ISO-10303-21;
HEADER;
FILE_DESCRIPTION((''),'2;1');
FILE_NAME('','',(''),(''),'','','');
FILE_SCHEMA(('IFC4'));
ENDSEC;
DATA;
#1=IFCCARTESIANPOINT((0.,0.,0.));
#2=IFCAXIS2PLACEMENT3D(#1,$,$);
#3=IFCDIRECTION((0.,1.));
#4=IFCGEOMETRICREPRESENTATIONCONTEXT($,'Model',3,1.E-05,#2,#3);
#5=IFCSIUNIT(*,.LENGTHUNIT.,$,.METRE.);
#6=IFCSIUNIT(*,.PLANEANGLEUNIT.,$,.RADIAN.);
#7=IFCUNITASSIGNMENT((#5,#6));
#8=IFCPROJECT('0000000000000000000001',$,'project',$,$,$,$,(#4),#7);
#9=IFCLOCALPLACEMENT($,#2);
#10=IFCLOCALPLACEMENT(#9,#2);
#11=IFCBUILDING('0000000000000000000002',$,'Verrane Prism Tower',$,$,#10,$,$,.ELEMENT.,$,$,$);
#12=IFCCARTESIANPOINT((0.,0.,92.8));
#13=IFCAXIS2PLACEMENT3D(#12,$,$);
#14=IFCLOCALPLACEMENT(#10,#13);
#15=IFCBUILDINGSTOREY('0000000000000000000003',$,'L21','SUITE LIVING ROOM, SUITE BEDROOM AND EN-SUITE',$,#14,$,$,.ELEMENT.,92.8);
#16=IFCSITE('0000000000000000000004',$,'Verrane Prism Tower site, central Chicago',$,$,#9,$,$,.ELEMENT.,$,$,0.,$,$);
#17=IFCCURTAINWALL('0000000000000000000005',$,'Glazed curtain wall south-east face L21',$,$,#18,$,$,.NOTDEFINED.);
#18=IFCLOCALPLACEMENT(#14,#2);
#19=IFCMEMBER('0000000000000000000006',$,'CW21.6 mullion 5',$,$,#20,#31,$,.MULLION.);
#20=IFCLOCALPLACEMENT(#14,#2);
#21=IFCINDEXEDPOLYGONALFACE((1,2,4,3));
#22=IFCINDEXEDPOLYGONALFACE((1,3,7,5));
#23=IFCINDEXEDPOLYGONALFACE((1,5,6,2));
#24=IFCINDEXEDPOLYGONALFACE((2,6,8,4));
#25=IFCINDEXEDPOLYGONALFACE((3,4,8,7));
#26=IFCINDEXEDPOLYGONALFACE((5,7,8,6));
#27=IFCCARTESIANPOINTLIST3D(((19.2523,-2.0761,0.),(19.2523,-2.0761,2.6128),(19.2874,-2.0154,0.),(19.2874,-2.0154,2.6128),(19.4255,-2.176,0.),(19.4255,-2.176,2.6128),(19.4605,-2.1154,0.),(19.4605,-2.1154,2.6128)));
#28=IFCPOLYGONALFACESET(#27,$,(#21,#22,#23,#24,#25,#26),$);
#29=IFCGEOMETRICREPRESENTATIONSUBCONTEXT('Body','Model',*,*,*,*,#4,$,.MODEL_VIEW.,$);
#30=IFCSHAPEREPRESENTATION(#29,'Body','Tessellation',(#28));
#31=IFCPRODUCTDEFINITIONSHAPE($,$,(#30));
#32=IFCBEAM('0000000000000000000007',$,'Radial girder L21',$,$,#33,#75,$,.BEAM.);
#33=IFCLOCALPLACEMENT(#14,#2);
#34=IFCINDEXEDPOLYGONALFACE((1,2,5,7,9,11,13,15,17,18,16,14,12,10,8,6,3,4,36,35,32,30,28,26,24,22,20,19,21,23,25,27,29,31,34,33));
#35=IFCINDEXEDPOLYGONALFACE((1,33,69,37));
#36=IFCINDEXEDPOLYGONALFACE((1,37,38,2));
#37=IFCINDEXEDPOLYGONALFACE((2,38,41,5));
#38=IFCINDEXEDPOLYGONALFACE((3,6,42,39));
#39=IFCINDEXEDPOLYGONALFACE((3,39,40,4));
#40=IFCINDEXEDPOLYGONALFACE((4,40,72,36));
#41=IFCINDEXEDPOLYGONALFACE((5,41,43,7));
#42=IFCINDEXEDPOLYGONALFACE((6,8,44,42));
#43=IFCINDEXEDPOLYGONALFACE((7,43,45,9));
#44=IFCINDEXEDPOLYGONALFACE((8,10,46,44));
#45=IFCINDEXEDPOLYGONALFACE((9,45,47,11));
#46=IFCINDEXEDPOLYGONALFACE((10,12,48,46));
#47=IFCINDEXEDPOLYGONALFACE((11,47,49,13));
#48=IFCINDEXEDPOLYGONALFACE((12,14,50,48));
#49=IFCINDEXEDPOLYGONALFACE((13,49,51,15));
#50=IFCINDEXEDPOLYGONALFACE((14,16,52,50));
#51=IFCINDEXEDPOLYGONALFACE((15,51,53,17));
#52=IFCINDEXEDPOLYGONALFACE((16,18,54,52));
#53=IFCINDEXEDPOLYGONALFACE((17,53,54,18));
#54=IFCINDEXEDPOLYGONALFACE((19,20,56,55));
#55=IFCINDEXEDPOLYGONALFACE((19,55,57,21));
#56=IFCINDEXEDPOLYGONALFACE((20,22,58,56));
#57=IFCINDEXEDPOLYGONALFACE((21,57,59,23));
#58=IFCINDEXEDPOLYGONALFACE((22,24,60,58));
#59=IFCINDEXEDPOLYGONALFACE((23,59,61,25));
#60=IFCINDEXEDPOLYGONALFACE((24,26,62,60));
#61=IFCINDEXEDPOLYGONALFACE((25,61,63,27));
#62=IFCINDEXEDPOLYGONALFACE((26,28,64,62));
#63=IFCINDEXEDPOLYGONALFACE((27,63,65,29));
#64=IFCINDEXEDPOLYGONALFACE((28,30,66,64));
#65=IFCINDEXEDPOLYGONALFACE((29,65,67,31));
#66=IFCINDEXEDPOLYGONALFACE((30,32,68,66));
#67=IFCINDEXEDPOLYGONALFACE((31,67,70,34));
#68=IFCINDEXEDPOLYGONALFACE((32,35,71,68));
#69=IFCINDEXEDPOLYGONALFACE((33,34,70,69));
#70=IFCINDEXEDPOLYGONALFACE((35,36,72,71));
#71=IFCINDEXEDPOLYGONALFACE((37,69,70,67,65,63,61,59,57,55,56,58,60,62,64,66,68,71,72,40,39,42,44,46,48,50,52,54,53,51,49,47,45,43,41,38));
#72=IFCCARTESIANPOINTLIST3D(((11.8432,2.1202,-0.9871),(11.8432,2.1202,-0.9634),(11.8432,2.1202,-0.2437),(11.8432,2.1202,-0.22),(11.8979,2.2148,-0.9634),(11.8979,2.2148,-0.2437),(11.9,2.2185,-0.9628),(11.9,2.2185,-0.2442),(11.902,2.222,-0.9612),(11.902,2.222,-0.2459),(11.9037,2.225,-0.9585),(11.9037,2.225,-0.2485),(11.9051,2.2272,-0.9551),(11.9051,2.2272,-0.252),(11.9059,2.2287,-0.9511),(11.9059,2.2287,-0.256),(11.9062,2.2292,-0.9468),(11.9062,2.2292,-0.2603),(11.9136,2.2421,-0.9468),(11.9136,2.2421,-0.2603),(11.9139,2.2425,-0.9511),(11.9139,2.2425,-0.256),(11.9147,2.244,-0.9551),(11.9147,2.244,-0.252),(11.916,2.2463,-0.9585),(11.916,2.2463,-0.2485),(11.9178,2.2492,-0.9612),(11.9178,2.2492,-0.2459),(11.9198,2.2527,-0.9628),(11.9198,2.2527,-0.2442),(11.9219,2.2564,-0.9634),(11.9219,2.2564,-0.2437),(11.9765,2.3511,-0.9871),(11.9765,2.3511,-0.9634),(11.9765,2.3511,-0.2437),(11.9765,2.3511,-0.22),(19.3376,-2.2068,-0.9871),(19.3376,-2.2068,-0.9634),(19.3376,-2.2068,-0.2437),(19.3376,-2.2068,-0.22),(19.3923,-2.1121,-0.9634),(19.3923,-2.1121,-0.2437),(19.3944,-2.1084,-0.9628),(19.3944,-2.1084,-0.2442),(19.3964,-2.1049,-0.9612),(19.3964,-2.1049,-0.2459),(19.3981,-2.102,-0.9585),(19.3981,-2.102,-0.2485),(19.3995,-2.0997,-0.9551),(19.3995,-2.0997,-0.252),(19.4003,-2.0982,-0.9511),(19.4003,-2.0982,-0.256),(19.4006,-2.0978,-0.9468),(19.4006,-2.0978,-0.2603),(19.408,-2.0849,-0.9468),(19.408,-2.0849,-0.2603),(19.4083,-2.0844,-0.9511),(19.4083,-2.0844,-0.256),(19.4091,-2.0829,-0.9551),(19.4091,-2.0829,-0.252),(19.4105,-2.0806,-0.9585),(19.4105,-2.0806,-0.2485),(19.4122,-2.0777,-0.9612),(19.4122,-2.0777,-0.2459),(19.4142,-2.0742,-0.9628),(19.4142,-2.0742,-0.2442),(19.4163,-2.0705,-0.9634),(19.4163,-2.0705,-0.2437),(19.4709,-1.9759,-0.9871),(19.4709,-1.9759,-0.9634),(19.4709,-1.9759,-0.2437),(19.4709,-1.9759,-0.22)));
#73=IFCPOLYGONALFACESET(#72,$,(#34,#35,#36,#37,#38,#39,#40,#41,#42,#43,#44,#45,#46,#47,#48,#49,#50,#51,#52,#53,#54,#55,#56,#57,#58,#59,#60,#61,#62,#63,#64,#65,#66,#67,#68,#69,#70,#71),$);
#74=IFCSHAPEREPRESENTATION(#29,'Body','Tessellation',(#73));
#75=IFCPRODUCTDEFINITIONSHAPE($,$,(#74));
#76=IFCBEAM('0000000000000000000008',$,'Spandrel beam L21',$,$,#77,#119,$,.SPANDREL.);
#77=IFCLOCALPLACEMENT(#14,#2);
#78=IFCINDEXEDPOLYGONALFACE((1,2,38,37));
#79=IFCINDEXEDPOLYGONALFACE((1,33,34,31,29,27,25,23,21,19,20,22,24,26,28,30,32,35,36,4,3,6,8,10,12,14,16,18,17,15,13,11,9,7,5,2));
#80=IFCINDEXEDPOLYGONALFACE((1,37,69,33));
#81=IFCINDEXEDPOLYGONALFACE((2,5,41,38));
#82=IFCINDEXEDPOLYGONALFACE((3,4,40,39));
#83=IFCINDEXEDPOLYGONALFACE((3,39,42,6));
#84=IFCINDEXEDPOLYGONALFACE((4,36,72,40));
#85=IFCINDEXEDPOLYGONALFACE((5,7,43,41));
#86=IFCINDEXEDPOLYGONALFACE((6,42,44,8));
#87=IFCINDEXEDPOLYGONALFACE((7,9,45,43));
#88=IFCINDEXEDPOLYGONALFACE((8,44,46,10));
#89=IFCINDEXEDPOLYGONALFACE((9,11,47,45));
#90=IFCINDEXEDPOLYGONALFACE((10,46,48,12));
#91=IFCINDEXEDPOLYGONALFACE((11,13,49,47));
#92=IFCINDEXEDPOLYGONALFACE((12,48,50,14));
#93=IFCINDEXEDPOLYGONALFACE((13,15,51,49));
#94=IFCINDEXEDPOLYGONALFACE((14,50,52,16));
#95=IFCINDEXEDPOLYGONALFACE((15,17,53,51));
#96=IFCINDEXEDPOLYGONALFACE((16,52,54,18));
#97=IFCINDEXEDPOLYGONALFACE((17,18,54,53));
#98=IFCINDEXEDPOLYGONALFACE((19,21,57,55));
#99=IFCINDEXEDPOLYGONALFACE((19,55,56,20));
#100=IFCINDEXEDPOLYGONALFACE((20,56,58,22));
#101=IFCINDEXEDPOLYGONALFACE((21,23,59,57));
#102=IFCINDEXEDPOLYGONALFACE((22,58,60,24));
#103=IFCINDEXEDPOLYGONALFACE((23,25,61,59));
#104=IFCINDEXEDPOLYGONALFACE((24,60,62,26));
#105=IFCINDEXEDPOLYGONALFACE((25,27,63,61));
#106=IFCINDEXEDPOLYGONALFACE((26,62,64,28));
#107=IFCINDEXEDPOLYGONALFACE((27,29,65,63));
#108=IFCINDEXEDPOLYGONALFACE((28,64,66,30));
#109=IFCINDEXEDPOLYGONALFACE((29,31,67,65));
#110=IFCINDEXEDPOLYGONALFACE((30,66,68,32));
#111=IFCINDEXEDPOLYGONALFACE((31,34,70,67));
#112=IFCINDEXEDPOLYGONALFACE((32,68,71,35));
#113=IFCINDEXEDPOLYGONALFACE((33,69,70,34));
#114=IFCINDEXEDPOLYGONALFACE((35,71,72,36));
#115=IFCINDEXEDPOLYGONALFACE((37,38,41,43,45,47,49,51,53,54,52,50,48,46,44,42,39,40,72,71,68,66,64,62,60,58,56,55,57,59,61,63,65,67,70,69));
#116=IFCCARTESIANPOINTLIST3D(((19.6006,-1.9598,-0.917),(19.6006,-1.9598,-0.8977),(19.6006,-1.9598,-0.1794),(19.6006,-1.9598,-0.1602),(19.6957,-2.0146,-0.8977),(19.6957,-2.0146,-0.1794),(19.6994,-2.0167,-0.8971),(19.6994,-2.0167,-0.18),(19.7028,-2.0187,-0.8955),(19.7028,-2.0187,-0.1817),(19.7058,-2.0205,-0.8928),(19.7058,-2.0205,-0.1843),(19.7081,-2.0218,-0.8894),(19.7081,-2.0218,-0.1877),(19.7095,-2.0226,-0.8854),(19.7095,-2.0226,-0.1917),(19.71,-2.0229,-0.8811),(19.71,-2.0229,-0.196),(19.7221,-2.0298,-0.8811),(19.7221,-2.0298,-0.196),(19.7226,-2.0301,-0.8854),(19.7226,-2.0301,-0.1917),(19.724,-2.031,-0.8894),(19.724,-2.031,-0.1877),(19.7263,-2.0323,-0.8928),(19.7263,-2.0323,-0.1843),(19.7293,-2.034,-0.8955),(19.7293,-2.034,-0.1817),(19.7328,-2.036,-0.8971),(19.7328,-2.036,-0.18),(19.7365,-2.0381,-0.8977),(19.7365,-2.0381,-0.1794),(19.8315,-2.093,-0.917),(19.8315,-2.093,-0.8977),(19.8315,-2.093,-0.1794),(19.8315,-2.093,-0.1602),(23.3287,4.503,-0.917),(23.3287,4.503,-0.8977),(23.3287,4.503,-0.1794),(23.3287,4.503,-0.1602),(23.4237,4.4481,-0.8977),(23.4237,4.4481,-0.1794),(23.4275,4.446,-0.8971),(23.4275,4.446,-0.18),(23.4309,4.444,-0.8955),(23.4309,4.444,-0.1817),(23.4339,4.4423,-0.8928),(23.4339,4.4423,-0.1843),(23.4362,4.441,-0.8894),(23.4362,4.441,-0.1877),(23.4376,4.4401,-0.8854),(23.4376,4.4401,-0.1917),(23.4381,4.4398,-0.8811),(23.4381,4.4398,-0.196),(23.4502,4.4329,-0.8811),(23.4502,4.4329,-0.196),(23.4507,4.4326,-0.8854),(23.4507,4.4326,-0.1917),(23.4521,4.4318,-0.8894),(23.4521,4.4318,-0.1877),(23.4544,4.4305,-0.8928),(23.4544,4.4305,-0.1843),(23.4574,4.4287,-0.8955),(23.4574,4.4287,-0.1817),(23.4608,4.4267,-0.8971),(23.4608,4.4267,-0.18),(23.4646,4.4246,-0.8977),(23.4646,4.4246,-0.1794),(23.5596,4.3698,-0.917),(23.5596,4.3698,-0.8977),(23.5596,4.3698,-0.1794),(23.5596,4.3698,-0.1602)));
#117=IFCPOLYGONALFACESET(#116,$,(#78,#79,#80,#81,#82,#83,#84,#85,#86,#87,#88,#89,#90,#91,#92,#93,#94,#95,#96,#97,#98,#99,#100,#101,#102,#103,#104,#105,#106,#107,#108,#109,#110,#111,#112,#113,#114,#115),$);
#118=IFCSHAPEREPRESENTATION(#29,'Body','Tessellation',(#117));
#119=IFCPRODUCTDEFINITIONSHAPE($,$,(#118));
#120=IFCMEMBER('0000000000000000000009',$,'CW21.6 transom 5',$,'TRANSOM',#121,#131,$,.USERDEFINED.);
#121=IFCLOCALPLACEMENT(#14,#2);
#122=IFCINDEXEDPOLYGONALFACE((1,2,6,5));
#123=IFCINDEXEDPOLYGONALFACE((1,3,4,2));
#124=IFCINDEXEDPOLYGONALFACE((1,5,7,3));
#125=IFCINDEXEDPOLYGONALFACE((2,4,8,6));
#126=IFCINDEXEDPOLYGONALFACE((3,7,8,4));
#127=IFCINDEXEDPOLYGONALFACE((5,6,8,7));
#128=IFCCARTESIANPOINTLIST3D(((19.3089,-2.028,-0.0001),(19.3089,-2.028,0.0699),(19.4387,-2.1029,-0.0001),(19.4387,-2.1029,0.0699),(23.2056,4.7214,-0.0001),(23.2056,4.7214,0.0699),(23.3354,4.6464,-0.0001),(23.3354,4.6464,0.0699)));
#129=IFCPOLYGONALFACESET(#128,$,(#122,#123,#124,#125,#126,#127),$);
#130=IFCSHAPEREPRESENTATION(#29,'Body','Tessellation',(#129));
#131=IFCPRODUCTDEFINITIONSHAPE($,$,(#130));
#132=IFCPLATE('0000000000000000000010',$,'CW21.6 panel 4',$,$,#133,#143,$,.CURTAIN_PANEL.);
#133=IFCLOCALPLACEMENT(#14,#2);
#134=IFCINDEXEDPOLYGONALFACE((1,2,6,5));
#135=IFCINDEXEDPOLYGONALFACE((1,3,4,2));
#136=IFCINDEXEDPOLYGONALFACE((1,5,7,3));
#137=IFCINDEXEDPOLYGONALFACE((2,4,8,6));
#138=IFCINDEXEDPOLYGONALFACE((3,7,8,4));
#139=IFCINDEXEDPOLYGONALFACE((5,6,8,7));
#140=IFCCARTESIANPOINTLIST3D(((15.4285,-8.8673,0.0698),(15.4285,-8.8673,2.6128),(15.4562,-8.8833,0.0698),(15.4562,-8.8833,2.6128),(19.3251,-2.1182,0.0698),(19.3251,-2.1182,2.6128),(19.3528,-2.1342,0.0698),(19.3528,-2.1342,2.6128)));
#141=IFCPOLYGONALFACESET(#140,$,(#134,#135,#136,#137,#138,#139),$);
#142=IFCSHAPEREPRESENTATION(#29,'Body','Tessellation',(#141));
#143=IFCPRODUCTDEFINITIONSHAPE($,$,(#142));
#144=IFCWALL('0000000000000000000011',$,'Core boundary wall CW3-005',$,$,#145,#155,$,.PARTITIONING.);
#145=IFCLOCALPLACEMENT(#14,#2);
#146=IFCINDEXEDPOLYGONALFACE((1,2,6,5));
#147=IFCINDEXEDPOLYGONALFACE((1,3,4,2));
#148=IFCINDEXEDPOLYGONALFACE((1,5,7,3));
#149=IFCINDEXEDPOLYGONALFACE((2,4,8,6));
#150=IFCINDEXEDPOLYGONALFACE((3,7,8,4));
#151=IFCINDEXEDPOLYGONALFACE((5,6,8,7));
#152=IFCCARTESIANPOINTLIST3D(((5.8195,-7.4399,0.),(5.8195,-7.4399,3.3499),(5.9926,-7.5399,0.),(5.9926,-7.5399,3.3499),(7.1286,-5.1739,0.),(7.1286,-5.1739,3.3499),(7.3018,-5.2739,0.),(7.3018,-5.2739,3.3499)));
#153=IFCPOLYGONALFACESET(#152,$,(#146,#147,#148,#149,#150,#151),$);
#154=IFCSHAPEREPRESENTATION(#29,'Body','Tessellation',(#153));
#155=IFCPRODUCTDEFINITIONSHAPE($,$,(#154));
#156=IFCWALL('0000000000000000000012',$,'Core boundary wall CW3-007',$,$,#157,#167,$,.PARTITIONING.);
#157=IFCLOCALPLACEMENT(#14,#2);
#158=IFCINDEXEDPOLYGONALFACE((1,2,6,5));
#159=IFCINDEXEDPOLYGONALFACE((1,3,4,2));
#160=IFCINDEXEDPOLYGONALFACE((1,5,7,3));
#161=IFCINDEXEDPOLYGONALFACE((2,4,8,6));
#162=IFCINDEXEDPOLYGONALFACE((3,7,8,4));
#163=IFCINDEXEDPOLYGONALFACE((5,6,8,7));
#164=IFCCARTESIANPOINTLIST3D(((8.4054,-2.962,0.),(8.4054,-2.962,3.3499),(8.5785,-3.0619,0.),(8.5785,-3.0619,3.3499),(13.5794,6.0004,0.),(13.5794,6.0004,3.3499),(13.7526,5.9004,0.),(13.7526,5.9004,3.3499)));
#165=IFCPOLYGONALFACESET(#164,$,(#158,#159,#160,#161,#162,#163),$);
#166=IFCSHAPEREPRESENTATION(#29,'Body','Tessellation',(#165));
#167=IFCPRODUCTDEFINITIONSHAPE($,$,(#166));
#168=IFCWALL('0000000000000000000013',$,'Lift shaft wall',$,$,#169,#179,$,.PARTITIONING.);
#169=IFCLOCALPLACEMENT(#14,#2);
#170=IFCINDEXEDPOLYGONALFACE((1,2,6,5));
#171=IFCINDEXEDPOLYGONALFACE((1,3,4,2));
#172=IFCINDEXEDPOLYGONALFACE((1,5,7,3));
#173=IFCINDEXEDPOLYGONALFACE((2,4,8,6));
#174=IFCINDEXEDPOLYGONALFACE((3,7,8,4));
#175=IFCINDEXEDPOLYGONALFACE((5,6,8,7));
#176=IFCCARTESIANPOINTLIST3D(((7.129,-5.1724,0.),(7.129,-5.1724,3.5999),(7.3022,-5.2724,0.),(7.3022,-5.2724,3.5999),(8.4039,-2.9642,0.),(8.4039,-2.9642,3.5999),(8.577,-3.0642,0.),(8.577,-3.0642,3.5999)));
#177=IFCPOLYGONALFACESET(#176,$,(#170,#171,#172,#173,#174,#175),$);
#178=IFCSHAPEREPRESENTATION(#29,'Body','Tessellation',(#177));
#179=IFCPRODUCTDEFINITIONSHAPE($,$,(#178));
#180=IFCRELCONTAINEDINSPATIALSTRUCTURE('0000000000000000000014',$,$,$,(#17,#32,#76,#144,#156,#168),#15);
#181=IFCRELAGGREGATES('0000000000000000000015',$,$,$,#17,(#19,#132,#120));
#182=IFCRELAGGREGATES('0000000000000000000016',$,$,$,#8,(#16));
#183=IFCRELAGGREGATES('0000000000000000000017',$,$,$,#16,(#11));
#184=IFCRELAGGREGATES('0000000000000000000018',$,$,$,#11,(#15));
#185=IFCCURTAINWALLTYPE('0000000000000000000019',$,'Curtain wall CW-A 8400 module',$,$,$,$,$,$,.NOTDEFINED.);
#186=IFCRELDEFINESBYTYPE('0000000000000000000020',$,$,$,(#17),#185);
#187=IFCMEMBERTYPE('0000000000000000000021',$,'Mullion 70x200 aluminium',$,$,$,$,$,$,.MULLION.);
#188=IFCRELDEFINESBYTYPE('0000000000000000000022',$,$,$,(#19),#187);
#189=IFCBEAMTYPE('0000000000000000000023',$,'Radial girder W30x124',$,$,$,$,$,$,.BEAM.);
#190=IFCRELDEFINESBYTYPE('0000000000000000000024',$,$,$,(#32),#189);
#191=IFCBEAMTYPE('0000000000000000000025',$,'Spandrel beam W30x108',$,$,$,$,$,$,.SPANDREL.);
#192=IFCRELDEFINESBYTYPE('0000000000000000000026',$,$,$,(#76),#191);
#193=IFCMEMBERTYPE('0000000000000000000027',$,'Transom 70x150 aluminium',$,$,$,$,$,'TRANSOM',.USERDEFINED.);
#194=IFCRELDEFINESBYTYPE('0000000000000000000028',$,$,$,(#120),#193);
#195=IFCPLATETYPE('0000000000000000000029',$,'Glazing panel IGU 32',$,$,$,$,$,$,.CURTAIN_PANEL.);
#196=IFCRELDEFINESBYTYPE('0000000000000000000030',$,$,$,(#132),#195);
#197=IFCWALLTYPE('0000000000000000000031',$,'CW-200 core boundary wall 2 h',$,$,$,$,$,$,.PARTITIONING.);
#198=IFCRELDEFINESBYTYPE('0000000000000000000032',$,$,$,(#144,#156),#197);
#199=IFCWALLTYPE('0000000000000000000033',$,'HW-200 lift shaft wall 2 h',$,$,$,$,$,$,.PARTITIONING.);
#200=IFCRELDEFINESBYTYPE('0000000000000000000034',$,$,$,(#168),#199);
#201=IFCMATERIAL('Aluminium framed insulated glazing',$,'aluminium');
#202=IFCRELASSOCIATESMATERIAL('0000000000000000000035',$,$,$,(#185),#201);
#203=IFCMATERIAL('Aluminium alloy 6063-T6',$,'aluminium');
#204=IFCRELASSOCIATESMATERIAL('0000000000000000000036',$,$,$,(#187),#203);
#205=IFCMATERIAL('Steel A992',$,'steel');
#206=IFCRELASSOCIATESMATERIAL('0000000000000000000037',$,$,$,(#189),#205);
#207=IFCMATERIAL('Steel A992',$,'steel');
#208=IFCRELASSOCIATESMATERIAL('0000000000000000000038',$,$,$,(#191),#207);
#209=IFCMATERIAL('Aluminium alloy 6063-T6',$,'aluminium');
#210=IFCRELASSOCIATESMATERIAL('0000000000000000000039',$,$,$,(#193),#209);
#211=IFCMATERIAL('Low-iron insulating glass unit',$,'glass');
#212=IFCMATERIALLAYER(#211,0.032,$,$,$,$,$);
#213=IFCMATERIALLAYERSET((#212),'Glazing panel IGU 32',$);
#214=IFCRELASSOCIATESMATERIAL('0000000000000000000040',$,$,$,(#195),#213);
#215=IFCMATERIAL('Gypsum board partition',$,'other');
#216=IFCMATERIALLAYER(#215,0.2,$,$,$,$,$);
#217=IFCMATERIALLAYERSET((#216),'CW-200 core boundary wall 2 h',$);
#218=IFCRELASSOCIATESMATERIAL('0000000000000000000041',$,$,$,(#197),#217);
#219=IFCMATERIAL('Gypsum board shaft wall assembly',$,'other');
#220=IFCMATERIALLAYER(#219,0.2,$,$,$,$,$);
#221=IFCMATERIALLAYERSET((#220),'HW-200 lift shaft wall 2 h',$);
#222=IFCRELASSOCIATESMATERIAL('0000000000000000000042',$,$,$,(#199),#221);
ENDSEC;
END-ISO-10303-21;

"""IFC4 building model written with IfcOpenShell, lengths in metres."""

from ifc_helpers import new_model, si_unit, direction, frame, frame_2d, origin, origin_2d, place, context, subcontext, project, spatial, rectangle, i_section, extrude, material, layer, layer_set, material_profile, profile_set, type_object, element, aggregate, save


model = new_model("IFC4")

# Units and contexts
model_context = context("Model", 3, precision=1e-05, world=origin(), true_north=direction((0.0, 1.0)))
body_context = subcontext(model_context, "Body", "Model", "MODEL_VIEW")
ifc_project = project(units=[si_unit("LENGTHUNIT", "METRE"), si_unit("PLANEANGLEUNIT", "RADIAN")], contexts=[model_context])

# Site, building, storey
site_placement = place(None, origin())
site = spatial("IfcSite", under=ifc_project, at=site_placement, Name="Verrane Prism Tower site, central Chicago", CompositionType="ELEMENT", RefElevation=0.0)
building_placement = place(site_placement, origin())
building = spatial("IfcBuilding", under=site, at=building_placement, Name="Verrane Prism Tower", CompositionType="ELEMENT")
storey_placement = place(building_placement, frame((0.0, 0.0, 92.8)))
storey = spatial("IfcBuildingStorey", under=building, at=storey_placement, Name="L21", Description="SUITE LIVING ROOM, SUITE BEDROOM AND EN-SUITE", CompositionType="ELEMENT", Elevation=92.8)

# Curtain wall, member
ifc_material_1 = material(Name="Aluminium framed insulated glazing", Category="aluminium")
curtain_wall_type = type_object("IfcCurtainWallType", Name="Curtain wall CW-A 8400 module", PredefinedType="NOTDEFINED", material=ifc_material_1)
curtain_wall_placement = place(storey_placement, origin())
curtain_wall = element("IfcCurtainWall", 1, at=curtain_wall_placement, inside=storey, type_object=curtain_wall_type, Name="Glazed curtain wall south-east face L21", PredefinedType="NOTDEFINED")
ifc_material_2 = material(Name="Aluminium alloy 6063-T6", Category="aluminium")
ifc_material_profile_1 = material_profile(ifc_material_2, rectangle(XDim=0.2, YDim=0.0701, at=origin_2d()), Name="Mullion 70x200 aluminium")
ifc_profile_set_1 = profile_set([ifc_material_profile_1], Name="Aluminium alloy 6063-T6")
member_type_1 = type_object("IfcMemberType", Name="Mullion 70x200 aluminium", PredefinedType="MULLION", material=ifc_profile_set_1)
member_1_placement = place(storey_placement, frame((19.3564, -2.0957, 0.0), z_axis=(0.0, 0.0, 1.0), x_axis=(-0.866026, 0.5, 0.0)))
member_1 = element("IfcMember", 2, at=member_1_placement, type_object=member_type_1, Name="CW21.6 mullion 5", PredefinedType="MULLION", context=body_context, shape_type="SweptSolid", body=[
    extrude(rectangle(XDim=0.2, YDim=0.0701, at=origin_2d()), origin(), (0.0, 0.0, 1.0), 2.6128),
])

# Beams
ifc_material_3 = material(Name="Steel A992", Category="steel")
ifc_material_profile_2 = material_profile(ifc_material_3, i_section(OverallWidth=0.2666, OverallDepth=0.7671, WebThickness=0.0149, FlangeThickness=0.0237, FilletRadius=0.0166, at=origin_2d()), Name="W30x124")
ifc_profile_set_2 = profile_set([ifc_material_profile_2], Name="Steel A992")
beam_type_1 = type_object("IfcBeamType", Name="Radial girder W30x124", PredefinedType="BEAM", material=ifc_profile_set_2)
beam_1_placement = place(storey_placement, frame((19.4043, -2.0913, -0.6035), z_axis=(-0.866024, 0.500002, 0.0), x_axis=(-0.500002, -0.866024, 0.0)))
element("IfcBeam", 3, at=beam_1_placement, inside=storey, type_object=beam_type_1, Name="Radial girder L21", PredefinedType="BEAM", context=body_context, shape_type="SweptSolid", body=[
    extrude(i_section(OverallWidth=0.2666, OverallDepth=0.7671, WebThickness=0.0149, FlangeThickness=0.0237, FilletRadius=0.0166, at=origin_2d()), origin(), (0.0, 0.0, 1.0), 8.6538),
])
ifc_material_4 = material(Name="Steel A992", Category="steel")
ifc_material_profile_3 = material_profile(ifc_material_4, i_section(OverallWidth=0.2666, OverallDepth=0.7568, WebThickness=0.0139, FlangeThickness=0.0193, FilletRadius=0.0166, at=origin_2d()), Name="W30x108")
ifc_profile_set_3 = profile_set([ifc_material_profile_3], Name="Steel A992")
beam_type_2 = type_object("IfcBeamType", Name="Spandrel beam W30x108", PredefinedType="SPANDREL", material=ifc_profile_set_3)
beam_2_placement = place(storey_placement, frame((19.7161, -2.0264, -0.5386), z_axis=(0.49968, 0.86621, 0.0), x_axis=(-0.86621, 0.49968, 0.0)))
element("IfcBeam", 4, at=beam_2_placement, inside=storey, type_object=beam_type_2, Name="Spandrel beam L21", PredefinedType="SPANDREL", context=body_context, shape_type="SweptSolid", body=[
    extrude(i_section(OverallWidth=0.2666, OverallDepth=0.7568, WebThickness=0.0139, FlangeThickness=0.0193, FilletRadius=0.0166, at=origin_2d()), origin(), (0.0, 0.0, 1.0), 7.4609),
])

# Member
ifc_material_5 = material(Name="Aluminium alloy 6063-T6", Category="aluminium")
ifc_material_profile_4 = material_profile(ifc_material_5, rectangle(XDim=0.1499, YDim=0.0701, at=origin_2d()), Name="Transom 70x150 aluminium")
ifc_profile_set_4 = profile_set([ifc_material_profile_4], Name="Aluminium alloy 6063-T6")
member_type_2 = type_object("IfcMemberType", Name="Transom 70x150 aluminium", ElementType="TRANSOM", PredefinedType="USERDEFINED", material=ifc_profile_set_4)
member_2_placement = place(storey_placement, frame((19.3738, -2.0654, 0.0349), z_axis=(0.500004, 0.866023, 0.0), x_axis=(-0.866023, 0.500004, 0.0)))
member_2 = element("IfcMember", 5, at=member_2_placement, type_object=member_type_2, Name="CW21.6 transom 5", ObjectType="TRANSOM", PredefinedType="USERDEFINED", context=body_context, shape_type="SweptSolid", body=[
    extrude(rectangle(XDim=0.1499, YDim=0.0701, at=origin_2d()), origin(), (0.0, 0.0, 1.0), 7.7935),
])

# Plate
ifc_material_6 = material(Name="Low-iron insulating glass unit", Category="glass")
ifc_layer_1 = layer(ifc_material_6, 0.032)
ifc_layer_set_1 = layer_set([ifc_layer_1], Name="Glazing panel IGU 32")
plate_type = type_object("IfcPlateType", Name="Glazing panel IGU 32", PredefinedType="CURTAIN_PANEL", material=ifc_layer_set_1)
plate_placement = place(storey_placement, frame((17.3906, -5.5007, 0.0698), z_axis=(0.0, 0.0, 1.0), x_axis=(0.5, 0.866026, 0.0)))
plate = element("IfcPlate", 6, at=plate_placement, type_object=plate_type, Name="CW21.6 panel 4", PredefinedType="CURTAIN_PANEL", context=body_context, shape_type="SweptSolid", body=[
    extrude(rectangle(XDim=7.7932, YDim=0.032, at=origin_2d()), origin(), (0.0, 0.0, 1.0), 2.543),
])
aggregate(curtain_wall, [member_1, plate, member_2])

# Walls
ifc_material_7 = material(Name="Gypsum board partition", Category="other")
ifc_layer_2 = layer(ifc_material_7, 0.2)
ifc_layer_set_2 = layer_set([ifc_layer_2], Name="CW-200 core boundary wall 2 h")
wall_type_1 = type_object("IfcWallType", Name="CW-200 core boundary wall 2 h", PredefinedType="PARTITIONING", material=ifc_layer_set_2)
wall_1_placement = place(storey_placement, frame((5.906, -7.49, 0.0), z_axis=(0.0, 0.0, 1.0), x_axis=(0.500253, 0.865879, 0.0)))
element("IfcWall", 7, at=wall_1_placement, inside=storey, type_object=wall_type_1, Name="Core boundary wall CW3-005", PredefinedType="PARTITIONING", context=body_context, shape_type="SweptSolid", body=[
    extrude(rectangle(XDim=2.6169, YDim=0.2, at=frame_2d((1.3086, 0.0))), origin(), (0.0, 0.0, 1.0), 3.3499),
])
wall_2_placement = place(storey_placement, frame((8.4919, -3.012, 0.0), z_axis=(0.0, 0.0, 1.0), x_axis=(0.499973, 0.866041, 0.0)))
element("IfcWall", 8, at=wall_2_placement, inside=storey, type_object=wall_type_1, Name="Core boundary wall CW3-007", PredefinedType="PARTITIONING", context=body_context, shape_type="SweptSolid", body=[
    extrude(rectangle(XDim=10.3486, YDim=0.2, at=frame_2d((5.1743, 0.0))), origin(), (0.0, 0.0, 1.0), 3.3499),
])
ifc_material_8 = material(Name="Gypsum board shaft wall assembly", Category="other")
ifc_layer_3 = layer(ifc_material_8, 0.2)
ifc_layer_set_3 = layer_set([ifc_layer_3], Name="HW-200 lift shaft wall 2 h")
wall_type_2 = type_object("IfcWallType", Name="HW-200 lift shaft wall 2 h", PredefinedType="PARTITIONING", material=ifc_layer_set_3)
wall_3_placement = place(storey_placement, frame((7.2156, -5.2224, 0.0), z_axis=(0.0, 0.0, 1.0), x_axis=(0.49999, 0.866031, 0.0)))
element("IfcWall", 9, at=wall_3_placement, inside=storey, type_object=wall_type_2, Name="Lift shaft wall", PredefinedType="PARTITIONING", context=body_context, shape_type="SweptSolid", body=[
    extrude(rectangle(XDim=2.5498, YDim=0.2, at=frame_2d((1.2749, 0.0))), origin(), (0.0, 0.0, 1.0), 3.5999),
])

save(model, "model.ifc")
